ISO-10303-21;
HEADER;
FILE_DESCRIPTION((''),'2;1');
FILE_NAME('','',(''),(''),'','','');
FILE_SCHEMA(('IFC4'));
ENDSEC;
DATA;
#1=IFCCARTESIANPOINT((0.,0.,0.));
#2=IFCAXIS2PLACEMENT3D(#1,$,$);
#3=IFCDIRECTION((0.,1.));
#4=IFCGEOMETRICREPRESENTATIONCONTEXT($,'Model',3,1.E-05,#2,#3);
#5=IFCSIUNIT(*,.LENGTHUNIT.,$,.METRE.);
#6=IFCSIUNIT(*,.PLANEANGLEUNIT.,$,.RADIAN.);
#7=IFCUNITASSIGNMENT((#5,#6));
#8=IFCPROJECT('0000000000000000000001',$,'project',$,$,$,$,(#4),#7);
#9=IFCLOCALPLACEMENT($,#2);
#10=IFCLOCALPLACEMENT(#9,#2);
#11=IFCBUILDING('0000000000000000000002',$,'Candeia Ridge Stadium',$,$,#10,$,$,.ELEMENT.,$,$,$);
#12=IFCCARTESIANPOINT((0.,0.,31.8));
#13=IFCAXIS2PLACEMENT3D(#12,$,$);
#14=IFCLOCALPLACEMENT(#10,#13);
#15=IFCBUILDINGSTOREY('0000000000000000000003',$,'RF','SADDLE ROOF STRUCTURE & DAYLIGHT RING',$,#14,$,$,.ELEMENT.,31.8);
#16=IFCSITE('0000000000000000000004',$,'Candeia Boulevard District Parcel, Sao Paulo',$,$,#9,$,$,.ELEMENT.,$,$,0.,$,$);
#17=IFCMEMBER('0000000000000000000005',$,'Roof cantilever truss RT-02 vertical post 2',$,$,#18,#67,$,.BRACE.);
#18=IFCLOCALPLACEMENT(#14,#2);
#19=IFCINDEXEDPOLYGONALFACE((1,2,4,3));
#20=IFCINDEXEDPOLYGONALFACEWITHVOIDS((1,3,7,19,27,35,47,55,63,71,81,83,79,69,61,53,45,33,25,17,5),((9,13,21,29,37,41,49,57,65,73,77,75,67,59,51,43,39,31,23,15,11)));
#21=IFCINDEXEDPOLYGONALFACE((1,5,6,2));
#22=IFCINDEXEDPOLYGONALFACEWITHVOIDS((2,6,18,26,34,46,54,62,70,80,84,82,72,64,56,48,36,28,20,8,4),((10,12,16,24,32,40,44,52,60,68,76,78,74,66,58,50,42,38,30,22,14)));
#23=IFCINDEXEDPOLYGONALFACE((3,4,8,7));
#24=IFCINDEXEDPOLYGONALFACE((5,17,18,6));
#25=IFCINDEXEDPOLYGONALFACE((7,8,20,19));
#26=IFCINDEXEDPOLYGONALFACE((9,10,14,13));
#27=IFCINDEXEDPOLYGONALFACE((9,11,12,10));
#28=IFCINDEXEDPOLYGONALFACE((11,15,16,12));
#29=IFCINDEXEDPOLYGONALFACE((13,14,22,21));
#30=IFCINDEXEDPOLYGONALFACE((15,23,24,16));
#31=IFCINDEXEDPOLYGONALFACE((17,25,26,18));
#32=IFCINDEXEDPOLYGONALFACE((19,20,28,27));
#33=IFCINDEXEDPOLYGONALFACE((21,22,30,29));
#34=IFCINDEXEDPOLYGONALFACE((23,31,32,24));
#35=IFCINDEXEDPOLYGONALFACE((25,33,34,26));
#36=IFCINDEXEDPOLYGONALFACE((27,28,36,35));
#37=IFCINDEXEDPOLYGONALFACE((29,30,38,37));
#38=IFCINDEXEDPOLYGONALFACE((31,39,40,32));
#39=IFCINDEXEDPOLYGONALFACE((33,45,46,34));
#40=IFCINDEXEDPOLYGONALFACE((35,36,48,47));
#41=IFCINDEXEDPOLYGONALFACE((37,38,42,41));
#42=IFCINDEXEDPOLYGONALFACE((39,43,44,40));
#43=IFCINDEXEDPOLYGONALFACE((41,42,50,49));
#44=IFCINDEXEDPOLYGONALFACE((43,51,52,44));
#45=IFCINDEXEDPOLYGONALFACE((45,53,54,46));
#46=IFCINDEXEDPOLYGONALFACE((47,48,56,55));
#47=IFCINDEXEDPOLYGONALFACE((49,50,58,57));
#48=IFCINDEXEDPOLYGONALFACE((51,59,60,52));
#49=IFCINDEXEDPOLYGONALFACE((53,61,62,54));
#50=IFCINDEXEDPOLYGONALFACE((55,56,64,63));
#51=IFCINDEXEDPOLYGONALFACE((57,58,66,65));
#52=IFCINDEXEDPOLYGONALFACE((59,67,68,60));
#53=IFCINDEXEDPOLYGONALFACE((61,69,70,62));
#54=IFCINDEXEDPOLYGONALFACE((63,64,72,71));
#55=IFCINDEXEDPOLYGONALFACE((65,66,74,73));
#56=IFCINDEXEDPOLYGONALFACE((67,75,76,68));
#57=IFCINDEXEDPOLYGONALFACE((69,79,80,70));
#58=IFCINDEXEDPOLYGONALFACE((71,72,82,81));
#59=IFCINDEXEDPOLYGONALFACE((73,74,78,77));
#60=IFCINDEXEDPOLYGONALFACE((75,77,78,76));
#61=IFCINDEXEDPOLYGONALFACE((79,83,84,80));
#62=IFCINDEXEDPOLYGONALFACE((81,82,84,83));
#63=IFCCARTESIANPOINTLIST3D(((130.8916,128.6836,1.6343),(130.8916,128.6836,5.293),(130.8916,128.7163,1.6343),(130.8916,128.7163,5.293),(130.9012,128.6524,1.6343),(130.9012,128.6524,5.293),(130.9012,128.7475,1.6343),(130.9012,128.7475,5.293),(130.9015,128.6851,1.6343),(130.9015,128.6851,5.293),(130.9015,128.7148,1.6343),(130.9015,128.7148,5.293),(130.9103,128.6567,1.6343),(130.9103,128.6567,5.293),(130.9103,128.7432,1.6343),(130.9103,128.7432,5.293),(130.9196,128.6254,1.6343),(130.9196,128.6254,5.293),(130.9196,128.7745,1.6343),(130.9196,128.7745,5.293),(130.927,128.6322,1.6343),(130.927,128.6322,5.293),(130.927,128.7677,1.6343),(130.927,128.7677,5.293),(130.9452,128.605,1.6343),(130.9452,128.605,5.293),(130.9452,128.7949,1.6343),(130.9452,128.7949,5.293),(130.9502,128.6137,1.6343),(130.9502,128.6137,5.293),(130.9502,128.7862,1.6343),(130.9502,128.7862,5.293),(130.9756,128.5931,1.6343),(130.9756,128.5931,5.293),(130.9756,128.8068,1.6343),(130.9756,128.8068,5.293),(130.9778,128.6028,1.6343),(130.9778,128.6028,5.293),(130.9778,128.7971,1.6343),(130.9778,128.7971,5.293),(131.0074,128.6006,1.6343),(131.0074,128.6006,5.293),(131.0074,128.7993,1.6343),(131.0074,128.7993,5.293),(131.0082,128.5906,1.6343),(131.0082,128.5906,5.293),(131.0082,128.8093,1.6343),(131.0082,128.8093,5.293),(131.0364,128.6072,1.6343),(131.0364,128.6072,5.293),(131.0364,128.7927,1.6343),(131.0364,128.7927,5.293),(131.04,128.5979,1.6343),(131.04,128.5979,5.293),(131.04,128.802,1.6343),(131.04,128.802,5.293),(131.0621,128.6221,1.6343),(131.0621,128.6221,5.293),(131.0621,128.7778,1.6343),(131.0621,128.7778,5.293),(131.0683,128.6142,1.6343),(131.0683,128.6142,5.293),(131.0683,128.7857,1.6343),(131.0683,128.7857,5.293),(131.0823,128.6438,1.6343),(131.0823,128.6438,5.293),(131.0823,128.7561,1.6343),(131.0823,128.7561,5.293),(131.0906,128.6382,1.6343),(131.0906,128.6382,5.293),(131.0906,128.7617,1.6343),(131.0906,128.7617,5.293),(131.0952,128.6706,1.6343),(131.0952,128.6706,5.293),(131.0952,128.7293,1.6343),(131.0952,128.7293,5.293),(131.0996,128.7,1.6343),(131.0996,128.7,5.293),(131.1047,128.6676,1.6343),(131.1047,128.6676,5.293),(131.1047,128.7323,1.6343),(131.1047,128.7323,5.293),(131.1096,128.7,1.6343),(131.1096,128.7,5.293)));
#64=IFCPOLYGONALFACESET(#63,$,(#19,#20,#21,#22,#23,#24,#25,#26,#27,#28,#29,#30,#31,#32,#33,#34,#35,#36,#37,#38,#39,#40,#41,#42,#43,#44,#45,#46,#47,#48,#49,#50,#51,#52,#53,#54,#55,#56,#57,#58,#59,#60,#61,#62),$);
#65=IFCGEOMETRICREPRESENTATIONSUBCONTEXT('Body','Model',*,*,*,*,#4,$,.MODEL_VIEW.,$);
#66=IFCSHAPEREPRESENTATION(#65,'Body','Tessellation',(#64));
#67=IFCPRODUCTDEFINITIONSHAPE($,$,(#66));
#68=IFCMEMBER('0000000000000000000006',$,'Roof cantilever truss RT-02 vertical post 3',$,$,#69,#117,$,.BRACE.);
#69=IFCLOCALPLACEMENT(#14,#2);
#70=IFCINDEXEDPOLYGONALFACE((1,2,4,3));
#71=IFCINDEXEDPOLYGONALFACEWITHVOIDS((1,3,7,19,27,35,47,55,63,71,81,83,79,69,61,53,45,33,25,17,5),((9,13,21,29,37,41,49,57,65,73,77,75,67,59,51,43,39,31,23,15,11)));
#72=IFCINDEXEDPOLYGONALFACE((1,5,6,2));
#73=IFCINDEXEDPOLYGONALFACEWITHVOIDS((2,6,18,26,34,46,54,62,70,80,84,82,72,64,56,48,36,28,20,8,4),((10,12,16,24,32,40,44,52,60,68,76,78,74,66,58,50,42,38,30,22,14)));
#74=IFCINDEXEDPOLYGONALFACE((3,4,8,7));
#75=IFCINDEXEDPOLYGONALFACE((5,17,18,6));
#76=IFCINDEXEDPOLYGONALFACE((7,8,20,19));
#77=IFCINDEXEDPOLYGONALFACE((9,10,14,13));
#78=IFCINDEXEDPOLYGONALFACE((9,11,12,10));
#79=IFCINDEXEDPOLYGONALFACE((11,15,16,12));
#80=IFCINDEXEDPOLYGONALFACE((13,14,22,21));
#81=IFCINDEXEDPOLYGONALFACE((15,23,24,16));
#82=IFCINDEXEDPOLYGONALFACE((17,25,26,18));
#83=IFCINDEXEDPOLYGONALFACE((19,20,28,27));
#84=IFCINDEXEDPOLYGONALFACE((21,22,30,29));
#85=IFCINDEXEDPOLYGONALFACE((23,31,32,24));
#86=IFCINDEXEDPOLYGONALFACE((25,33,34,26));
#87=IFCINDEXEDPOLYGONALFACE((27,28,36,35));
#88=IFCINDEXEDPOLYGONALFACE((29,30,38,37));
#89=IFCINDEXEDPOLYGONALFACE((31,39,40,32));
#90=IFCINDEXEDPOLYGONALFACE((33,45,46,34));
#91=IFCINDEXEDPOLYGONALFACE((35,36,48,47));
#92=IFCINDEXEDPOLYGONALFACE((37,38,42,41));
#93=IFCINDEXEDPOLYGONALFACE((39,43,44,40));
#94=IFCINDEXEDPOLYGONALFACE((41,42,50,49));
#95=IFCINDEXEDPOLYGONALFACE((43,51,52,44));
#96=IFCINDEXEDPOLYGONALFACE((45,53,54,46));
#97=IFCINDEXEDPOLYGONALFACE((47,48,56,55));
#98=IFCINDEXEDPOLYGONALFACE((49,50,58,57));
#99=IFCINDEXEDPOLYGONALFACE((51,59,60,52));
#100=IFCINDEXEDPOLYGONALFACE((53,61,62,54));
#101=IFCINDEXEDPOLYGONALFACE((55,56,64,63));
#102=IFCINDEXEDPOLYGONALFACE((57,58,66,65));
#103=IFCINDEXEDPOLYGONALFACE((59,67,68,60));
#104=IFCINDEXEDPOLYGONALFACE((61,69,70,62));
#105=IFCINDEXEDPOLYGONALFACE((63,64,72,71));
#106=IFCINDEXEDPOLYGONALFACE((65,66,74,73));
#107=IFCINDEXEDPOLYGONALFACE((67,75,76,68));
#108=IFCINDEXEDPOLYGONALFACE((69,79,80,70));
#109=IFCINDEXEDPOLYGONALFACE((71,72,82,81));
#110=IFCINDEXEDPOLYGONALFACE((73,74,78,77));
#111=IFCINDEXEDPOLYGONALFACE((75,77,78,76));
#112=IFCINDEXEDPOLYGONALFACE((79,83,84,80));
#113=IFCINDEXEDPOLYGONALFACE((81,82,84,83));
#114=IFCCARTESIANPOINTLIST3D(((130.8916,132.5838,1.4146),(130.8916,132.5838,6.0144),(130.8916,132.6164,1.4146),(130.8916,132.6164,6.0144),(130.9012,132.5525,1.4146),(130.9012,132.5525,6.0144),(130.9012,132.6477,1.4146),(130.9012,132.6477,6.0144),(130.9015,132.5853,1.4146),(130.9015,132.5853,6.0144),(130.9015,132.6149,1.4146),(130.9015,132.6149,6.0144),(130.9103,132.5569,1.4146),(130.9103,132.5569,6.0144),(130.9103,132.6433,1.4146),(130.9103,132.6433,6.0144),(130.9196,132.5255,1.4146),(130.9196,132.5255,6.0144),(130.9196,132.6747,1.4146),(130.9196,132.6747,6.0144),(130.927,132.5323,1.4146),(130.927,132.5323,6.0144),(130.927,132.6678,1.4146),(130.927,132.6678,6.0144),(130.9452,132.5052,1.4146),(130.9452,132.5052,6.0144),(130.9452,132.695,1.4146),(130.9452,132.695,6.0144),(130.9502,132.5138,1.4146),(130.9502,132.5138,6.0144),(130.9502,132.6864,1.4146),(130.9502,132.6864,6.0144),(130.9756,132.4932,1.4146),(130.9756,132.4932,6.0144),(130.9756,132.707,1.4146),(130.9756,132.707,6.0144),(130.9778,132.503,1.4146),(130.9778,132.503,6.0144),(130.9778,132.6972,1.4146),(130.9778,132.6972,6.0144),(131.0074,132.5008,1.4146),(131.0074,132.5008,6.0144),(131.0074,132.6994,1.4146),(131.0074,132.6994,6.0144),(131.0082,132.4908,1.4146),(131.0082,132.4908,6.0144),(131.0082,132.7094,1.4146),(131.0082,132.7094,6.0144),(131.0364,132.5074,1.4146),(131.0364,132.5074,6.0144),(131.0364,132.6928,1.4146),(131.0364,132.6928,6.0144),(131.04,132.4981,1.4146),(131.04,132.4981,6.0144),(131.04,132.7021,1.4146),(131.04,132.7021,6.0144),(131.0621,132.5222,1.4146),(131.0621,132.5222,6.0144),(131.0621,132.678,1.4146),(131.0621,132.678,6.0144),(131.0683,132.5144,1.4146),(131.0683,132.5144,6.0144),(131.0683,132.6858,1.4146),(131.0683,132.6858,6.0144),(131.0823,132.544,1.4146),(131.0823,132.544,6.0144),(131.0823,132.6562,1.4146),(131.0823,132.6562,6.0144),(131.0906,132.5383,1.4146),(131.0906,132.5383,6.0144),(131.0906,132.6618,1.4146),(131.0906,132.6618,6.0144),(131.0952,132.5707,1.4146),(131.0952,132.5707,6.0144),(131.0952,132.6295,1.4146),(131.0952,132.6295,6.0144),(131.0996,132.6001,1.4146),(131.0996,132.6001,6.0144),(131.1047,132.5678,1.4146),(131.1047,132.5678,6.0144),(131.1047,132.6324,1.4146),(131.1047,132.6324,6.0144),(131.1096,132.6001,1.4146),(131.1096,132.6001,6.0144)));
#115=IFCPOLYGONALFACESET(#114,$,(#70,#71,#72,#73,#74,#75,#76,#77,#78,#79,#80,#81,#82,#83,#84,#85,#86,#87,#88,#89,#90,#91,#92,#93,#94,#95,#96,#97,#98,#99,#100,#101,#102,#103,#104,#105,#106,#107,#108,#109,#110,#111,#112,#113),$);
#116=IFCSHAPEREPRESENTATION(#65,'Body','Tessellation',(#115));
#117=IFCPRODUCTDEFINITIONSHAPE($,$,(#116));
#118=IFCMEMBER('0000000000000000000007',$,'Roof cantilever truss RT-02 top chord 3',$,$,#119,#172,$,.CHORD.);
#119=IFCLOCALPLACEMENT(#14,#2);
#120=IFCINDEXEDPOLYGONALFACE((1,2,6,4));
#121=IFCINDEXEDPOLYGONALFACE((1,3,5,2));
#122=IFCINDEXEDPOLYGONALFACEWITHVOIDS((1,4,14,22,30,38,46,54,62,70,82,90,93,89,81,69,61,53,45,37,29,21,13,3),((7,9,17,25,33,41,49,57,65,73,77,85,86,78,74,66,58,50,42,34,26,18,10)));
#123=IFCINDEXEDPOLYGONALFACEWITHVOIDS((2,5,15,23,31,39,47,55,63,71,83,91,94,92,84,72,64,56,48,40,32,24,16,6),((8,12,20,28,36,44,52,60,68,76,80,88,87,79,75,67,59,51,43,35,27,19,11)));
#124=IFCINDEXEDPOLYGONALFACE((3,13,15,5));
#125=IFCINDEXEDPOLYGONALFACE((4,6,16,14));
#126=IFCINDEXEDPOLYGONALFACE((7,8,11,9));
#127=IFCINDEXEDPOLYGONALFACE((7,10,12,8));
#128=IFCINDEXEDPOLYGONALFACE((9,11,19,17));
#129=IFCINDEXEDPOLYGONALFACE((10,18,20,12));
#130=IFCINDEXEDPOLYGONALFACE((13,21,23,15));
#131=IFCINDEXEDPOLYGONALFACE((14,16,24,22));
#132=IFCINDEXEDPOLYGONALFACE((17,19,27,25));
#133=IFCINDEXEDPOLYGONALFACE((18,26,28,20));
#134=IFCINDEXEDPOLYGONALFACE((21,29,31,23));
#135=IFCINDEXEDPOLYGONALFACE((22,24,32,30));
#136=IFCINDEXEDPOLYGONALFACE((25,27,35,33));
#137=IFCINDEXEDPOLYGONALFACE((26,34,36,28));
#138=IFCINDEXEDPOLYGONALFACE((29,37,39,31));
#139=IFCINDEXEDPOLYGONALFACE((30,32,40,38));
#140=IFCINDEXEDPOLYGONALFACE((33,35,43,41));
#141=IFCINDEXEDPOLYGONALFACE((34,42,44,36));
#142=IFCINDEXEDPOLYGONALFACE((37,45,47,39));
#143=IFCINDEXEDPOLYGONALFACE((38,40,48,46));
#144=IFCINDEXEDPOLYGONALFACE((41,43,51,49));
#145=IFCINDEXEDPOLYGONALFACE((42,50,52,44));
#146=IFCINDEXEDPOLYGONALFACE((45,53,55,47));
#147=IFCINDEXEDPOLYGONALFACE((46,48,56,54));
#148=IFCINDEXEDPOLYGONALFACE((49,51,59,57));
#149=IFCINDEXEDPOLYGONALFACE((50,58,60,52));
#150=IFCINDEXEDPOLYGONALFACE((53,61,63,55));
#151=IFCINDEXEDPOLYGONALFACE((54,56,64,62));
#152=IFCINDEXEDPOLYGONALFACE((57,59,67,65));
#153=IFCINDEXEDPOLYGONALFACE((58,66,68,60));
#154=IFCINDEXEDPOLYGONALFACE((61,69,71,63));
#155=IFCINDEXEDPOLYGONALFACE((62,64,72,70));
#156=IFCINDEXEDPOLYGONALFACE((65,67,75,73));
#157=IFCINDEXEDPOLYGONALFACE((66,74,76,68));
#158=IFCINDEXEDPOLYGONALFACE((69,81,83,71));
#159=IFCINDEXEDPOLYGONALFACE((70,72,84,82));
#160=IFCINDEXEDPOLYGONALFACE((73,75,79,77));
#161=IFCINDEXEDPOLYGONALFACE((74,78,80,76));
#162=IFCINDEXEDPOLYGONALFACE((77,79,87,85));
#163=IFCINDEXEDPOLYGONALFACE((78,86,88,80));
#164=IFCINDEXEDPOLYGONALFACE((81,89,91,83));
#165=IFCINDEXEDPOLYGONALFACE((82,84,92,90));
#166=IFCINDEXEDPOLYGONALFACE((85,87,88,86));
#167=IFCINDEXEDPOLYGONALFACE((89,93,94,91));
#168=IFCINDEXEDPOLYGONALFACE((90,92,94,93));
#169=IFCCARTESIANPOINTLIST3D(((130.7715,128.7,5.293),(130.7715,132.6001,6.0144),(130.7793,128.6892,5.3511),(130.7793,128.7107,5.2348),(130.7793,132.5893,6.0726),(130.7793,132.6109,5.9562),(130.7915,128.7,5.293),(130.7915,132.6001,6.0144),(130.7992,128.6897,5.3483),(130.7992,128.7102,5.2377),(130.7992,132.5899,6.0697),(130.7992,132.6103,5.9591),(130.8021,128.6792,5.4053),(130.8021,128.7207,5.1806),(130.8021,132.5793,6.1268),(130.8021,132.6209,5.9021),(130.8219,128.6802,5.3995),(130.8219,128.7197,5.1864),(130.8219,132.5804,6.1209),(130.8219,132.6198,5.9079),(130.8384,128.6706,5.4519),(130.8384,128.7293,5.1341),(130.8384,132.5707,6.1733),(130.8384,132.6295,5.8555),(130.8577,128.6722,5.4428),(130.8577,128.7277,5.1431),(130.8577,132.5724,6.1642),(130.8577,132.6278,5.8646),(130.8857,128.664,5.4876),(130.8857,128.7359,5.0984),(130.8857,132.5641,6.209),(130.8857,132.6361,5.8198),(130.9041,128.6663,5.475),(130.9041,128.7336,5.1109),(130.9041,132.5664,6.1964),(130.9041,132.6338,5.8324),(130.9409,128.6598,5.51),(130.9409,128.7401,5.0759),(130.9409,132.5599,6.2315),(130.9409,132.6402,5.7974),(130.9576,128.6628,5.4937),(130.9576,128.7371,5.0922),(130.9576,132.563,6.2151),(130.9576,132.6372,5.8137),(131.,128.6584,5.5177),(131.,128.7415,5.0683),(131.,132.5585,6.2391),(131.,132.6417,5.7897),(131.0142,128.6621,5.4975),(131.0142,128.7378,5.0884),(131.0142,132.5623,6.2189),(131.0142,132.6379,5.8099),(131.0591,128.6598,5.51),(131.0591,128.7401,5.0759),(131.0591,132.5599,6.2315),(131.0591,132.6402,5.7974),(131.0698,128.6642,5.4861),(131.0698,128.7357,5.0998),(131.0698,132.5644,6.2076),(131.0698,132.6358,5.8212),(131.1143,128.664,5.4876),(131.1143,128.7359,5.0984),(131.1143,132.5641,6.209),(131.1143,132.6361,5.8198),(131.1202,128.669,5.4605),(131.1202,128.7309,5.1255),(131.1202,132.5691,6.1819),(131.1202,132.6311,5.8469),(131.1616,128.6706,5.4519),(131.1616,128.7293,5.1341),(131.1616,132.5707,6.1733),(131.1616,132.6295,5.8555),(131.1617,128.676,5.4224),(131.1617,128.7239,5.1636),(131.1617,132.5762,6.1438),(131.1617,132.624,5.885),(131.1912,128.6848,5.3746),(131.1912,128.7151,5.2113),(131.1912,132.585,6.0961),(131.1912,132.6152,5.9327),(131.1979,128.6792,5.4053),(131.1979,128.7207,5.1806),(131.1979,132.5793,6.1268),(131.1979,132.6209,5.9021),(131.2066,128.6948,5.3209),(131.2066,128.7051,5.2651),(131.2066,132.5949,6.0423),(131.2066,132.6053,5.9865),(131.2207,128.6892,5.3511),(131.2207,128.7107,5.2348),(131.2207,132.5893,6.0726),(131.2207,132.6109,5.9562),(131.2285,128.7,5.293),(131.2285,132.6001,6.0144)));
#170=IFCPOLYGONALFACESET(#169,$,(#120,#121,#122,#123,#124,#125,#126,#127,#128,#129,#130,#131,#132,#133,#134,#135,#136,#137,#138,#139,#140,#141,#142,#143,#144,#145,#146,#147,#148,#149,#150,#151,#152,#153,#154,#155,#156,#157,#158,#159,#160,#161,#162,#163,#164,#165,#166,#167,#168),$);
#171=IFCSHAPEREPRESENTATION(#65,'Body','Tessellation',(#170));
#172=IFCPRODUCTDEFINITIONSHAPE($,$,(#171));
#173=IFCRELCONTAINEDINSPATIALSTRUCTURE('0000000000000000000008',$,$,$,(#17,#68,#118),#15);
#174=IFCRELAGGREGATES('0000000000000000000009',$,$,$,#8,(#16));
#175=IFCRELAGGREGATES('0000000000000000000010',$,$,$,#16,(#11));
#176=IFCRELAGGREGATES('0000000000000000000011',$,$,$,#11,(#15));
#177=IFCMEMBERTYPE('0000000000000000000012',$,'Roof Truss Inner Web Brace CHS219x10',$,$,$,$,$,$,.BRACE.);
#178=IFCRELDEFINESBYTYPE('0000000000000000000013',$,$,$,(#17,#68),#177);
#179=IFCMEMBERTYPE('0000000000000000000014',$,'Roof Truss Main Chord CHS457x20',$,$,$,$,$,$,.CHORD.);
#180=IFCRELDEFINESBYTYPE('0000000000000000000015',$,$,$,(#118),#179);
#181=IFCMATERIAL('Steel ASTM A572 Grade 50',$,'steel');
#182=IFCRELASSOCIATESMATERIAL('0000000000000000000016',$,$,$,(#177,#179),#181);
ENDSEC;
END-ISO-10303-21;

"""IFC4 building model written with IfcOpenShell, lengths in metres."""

from ifc_helpers import new_model, si_unit, direction, frame, origin, origin_2d, place, context, subcontext, project, spatial, hollow_circle, extrude, material, material_profile, profile_set, type_object, element, save


model = new_model("IFC4")

# Units and contexts
model_context = context("Model", 3, precision=1e-05, world=origin(), true_north=direction((0.0, 1.0)))
body_context = subcontext(model_context, "Body", "Model", "MODEL_VIEW")
ifc_project = project(units=[si_unit("LENGTHUNIT", "METRE"), si_unit("PLANEANGLEUNIT", "RADIAN")], contexts=[model_context])

# Site, building, storey
site_placement = place(None, origin())
site = spatial("IfcSite", under=ifc_project, at=site_placement, Name="Candeia Boulevard District Parcel, Sao Paulo", CompositionType="ELEMENT", RefElevation=0.0)
building_placement = place(site_placement, origin())
building = spatial("IfcBuilding", under=site, at=building_placement, Name="Candeia Ridge Stadium", CompositionType="ELEMENT")
storey_placement = place(building_placement, frame((0.0, 0.0, 31.8)))
storey = spatial("IfcBuildingStorey", under=building, at=storey_placement, Name="RF", Description="SADDLE ROOF STRUCTURE & DAYLIGHT RING", CompositionType="ELEMENT", Elevation=31.8)

# Shared definitions
ifc_material_1 = material(Name="Steel ASTM A572 Grade 50", Category="steel")

# Members
ifc_material_profile_1 = material_profile(ifc_material_1, hollow_circle(Radius=0.1096, WallThickness=0.01, at=origin_2d()), Name="CHS219x10", Category="steel")
ifc_profile_set_1 = profile_set([ifc_material_profile_1], Name="Steel ASTM A572 Grade 50")
member_type_1 = type_object("IfcMemberType", Name="Roof Truss Inner Web Brace CHS219x10", PredefinedType="BRACE", material=ifc_profile_set_1)
member_1_placement = place(storey_placement, frame((131.0, 128.7, 1.6343), z_axis=(0.0, 0.0, 1.0), x_axis=(1.0, 0.0, 0.0)))
element("IfcMember", 1, at=member_1_placement, inside=storey, type_object=member_type_1, Name="Roof cantilever truss RT-02 vertical post 2", PredefinedType="BRACE", context=body_context, shape_type="SweptSolid", body=[
    extrude(hollow_circle(Radius=0.1096, WallThickness=0.01, at=origin_2d()), origin(), (0.0, 0.0, 1.0), 3.6587),
])
member_2_placement = place(storey_placement, frame((131.0, 132.6001, 1.4146), z_axis=(0.0, 0.0, 1.0), x_axis=(1.0, 0.0, 0.0)))
element("IfcMember", 2, at=member_2_placement, inside=storey, type_object=member_type_1, Name="Roof cantilever truss RT-02 vertical post 3", PredefinedType="BRACE", context=body_context, shape_type="SweptSolid", body=[
    extrude(hollow_circle(Radius=0.1096, WallThickness=0.01, at=origin_2d()), origin(), (0.0, 0.0, 1.0), 4.5999),
])
ifc_material_profile_2 = material_profile(ifc_material_1, hollow_circle(Radius=0.2285, WallThickness=0.02, at=origin_2d()), Name="CHS457x20", Category="steel")
ifc_profile_set_2 = profile_set([ifc_material_profile_2], Name="Steel ASTM A572 Grade 50")
member_type_2 = type_object("IfcMemberType", Name="Roof Truss Main Chord CHS457x20", PredefinedType="CHORD", material=ifc_profile_set_2)
member_3_placement = place(storey_placement, frame((131.0, 128.7, 5.293), z_axis=(0.0, 0.983319, 0.181891), x_axis=(-1.0, 0.0, 0.0)))
element("IfcMember", 3, at=member_3_placement, inside=storey, type_object=member_type_2, Name="Roof cantilever truss RT-02 top chord 3", PredefinedType="CHORD", context=body_context, shape_type="SweptSolid", body=[
    extrude(hollow_circle(Radius=0.2285, WallThickness=0.02, at=origin_2d()), origin(), (0.0, 0.0, 1.0), 3.9663),
])

save(model, "model.ifc")
